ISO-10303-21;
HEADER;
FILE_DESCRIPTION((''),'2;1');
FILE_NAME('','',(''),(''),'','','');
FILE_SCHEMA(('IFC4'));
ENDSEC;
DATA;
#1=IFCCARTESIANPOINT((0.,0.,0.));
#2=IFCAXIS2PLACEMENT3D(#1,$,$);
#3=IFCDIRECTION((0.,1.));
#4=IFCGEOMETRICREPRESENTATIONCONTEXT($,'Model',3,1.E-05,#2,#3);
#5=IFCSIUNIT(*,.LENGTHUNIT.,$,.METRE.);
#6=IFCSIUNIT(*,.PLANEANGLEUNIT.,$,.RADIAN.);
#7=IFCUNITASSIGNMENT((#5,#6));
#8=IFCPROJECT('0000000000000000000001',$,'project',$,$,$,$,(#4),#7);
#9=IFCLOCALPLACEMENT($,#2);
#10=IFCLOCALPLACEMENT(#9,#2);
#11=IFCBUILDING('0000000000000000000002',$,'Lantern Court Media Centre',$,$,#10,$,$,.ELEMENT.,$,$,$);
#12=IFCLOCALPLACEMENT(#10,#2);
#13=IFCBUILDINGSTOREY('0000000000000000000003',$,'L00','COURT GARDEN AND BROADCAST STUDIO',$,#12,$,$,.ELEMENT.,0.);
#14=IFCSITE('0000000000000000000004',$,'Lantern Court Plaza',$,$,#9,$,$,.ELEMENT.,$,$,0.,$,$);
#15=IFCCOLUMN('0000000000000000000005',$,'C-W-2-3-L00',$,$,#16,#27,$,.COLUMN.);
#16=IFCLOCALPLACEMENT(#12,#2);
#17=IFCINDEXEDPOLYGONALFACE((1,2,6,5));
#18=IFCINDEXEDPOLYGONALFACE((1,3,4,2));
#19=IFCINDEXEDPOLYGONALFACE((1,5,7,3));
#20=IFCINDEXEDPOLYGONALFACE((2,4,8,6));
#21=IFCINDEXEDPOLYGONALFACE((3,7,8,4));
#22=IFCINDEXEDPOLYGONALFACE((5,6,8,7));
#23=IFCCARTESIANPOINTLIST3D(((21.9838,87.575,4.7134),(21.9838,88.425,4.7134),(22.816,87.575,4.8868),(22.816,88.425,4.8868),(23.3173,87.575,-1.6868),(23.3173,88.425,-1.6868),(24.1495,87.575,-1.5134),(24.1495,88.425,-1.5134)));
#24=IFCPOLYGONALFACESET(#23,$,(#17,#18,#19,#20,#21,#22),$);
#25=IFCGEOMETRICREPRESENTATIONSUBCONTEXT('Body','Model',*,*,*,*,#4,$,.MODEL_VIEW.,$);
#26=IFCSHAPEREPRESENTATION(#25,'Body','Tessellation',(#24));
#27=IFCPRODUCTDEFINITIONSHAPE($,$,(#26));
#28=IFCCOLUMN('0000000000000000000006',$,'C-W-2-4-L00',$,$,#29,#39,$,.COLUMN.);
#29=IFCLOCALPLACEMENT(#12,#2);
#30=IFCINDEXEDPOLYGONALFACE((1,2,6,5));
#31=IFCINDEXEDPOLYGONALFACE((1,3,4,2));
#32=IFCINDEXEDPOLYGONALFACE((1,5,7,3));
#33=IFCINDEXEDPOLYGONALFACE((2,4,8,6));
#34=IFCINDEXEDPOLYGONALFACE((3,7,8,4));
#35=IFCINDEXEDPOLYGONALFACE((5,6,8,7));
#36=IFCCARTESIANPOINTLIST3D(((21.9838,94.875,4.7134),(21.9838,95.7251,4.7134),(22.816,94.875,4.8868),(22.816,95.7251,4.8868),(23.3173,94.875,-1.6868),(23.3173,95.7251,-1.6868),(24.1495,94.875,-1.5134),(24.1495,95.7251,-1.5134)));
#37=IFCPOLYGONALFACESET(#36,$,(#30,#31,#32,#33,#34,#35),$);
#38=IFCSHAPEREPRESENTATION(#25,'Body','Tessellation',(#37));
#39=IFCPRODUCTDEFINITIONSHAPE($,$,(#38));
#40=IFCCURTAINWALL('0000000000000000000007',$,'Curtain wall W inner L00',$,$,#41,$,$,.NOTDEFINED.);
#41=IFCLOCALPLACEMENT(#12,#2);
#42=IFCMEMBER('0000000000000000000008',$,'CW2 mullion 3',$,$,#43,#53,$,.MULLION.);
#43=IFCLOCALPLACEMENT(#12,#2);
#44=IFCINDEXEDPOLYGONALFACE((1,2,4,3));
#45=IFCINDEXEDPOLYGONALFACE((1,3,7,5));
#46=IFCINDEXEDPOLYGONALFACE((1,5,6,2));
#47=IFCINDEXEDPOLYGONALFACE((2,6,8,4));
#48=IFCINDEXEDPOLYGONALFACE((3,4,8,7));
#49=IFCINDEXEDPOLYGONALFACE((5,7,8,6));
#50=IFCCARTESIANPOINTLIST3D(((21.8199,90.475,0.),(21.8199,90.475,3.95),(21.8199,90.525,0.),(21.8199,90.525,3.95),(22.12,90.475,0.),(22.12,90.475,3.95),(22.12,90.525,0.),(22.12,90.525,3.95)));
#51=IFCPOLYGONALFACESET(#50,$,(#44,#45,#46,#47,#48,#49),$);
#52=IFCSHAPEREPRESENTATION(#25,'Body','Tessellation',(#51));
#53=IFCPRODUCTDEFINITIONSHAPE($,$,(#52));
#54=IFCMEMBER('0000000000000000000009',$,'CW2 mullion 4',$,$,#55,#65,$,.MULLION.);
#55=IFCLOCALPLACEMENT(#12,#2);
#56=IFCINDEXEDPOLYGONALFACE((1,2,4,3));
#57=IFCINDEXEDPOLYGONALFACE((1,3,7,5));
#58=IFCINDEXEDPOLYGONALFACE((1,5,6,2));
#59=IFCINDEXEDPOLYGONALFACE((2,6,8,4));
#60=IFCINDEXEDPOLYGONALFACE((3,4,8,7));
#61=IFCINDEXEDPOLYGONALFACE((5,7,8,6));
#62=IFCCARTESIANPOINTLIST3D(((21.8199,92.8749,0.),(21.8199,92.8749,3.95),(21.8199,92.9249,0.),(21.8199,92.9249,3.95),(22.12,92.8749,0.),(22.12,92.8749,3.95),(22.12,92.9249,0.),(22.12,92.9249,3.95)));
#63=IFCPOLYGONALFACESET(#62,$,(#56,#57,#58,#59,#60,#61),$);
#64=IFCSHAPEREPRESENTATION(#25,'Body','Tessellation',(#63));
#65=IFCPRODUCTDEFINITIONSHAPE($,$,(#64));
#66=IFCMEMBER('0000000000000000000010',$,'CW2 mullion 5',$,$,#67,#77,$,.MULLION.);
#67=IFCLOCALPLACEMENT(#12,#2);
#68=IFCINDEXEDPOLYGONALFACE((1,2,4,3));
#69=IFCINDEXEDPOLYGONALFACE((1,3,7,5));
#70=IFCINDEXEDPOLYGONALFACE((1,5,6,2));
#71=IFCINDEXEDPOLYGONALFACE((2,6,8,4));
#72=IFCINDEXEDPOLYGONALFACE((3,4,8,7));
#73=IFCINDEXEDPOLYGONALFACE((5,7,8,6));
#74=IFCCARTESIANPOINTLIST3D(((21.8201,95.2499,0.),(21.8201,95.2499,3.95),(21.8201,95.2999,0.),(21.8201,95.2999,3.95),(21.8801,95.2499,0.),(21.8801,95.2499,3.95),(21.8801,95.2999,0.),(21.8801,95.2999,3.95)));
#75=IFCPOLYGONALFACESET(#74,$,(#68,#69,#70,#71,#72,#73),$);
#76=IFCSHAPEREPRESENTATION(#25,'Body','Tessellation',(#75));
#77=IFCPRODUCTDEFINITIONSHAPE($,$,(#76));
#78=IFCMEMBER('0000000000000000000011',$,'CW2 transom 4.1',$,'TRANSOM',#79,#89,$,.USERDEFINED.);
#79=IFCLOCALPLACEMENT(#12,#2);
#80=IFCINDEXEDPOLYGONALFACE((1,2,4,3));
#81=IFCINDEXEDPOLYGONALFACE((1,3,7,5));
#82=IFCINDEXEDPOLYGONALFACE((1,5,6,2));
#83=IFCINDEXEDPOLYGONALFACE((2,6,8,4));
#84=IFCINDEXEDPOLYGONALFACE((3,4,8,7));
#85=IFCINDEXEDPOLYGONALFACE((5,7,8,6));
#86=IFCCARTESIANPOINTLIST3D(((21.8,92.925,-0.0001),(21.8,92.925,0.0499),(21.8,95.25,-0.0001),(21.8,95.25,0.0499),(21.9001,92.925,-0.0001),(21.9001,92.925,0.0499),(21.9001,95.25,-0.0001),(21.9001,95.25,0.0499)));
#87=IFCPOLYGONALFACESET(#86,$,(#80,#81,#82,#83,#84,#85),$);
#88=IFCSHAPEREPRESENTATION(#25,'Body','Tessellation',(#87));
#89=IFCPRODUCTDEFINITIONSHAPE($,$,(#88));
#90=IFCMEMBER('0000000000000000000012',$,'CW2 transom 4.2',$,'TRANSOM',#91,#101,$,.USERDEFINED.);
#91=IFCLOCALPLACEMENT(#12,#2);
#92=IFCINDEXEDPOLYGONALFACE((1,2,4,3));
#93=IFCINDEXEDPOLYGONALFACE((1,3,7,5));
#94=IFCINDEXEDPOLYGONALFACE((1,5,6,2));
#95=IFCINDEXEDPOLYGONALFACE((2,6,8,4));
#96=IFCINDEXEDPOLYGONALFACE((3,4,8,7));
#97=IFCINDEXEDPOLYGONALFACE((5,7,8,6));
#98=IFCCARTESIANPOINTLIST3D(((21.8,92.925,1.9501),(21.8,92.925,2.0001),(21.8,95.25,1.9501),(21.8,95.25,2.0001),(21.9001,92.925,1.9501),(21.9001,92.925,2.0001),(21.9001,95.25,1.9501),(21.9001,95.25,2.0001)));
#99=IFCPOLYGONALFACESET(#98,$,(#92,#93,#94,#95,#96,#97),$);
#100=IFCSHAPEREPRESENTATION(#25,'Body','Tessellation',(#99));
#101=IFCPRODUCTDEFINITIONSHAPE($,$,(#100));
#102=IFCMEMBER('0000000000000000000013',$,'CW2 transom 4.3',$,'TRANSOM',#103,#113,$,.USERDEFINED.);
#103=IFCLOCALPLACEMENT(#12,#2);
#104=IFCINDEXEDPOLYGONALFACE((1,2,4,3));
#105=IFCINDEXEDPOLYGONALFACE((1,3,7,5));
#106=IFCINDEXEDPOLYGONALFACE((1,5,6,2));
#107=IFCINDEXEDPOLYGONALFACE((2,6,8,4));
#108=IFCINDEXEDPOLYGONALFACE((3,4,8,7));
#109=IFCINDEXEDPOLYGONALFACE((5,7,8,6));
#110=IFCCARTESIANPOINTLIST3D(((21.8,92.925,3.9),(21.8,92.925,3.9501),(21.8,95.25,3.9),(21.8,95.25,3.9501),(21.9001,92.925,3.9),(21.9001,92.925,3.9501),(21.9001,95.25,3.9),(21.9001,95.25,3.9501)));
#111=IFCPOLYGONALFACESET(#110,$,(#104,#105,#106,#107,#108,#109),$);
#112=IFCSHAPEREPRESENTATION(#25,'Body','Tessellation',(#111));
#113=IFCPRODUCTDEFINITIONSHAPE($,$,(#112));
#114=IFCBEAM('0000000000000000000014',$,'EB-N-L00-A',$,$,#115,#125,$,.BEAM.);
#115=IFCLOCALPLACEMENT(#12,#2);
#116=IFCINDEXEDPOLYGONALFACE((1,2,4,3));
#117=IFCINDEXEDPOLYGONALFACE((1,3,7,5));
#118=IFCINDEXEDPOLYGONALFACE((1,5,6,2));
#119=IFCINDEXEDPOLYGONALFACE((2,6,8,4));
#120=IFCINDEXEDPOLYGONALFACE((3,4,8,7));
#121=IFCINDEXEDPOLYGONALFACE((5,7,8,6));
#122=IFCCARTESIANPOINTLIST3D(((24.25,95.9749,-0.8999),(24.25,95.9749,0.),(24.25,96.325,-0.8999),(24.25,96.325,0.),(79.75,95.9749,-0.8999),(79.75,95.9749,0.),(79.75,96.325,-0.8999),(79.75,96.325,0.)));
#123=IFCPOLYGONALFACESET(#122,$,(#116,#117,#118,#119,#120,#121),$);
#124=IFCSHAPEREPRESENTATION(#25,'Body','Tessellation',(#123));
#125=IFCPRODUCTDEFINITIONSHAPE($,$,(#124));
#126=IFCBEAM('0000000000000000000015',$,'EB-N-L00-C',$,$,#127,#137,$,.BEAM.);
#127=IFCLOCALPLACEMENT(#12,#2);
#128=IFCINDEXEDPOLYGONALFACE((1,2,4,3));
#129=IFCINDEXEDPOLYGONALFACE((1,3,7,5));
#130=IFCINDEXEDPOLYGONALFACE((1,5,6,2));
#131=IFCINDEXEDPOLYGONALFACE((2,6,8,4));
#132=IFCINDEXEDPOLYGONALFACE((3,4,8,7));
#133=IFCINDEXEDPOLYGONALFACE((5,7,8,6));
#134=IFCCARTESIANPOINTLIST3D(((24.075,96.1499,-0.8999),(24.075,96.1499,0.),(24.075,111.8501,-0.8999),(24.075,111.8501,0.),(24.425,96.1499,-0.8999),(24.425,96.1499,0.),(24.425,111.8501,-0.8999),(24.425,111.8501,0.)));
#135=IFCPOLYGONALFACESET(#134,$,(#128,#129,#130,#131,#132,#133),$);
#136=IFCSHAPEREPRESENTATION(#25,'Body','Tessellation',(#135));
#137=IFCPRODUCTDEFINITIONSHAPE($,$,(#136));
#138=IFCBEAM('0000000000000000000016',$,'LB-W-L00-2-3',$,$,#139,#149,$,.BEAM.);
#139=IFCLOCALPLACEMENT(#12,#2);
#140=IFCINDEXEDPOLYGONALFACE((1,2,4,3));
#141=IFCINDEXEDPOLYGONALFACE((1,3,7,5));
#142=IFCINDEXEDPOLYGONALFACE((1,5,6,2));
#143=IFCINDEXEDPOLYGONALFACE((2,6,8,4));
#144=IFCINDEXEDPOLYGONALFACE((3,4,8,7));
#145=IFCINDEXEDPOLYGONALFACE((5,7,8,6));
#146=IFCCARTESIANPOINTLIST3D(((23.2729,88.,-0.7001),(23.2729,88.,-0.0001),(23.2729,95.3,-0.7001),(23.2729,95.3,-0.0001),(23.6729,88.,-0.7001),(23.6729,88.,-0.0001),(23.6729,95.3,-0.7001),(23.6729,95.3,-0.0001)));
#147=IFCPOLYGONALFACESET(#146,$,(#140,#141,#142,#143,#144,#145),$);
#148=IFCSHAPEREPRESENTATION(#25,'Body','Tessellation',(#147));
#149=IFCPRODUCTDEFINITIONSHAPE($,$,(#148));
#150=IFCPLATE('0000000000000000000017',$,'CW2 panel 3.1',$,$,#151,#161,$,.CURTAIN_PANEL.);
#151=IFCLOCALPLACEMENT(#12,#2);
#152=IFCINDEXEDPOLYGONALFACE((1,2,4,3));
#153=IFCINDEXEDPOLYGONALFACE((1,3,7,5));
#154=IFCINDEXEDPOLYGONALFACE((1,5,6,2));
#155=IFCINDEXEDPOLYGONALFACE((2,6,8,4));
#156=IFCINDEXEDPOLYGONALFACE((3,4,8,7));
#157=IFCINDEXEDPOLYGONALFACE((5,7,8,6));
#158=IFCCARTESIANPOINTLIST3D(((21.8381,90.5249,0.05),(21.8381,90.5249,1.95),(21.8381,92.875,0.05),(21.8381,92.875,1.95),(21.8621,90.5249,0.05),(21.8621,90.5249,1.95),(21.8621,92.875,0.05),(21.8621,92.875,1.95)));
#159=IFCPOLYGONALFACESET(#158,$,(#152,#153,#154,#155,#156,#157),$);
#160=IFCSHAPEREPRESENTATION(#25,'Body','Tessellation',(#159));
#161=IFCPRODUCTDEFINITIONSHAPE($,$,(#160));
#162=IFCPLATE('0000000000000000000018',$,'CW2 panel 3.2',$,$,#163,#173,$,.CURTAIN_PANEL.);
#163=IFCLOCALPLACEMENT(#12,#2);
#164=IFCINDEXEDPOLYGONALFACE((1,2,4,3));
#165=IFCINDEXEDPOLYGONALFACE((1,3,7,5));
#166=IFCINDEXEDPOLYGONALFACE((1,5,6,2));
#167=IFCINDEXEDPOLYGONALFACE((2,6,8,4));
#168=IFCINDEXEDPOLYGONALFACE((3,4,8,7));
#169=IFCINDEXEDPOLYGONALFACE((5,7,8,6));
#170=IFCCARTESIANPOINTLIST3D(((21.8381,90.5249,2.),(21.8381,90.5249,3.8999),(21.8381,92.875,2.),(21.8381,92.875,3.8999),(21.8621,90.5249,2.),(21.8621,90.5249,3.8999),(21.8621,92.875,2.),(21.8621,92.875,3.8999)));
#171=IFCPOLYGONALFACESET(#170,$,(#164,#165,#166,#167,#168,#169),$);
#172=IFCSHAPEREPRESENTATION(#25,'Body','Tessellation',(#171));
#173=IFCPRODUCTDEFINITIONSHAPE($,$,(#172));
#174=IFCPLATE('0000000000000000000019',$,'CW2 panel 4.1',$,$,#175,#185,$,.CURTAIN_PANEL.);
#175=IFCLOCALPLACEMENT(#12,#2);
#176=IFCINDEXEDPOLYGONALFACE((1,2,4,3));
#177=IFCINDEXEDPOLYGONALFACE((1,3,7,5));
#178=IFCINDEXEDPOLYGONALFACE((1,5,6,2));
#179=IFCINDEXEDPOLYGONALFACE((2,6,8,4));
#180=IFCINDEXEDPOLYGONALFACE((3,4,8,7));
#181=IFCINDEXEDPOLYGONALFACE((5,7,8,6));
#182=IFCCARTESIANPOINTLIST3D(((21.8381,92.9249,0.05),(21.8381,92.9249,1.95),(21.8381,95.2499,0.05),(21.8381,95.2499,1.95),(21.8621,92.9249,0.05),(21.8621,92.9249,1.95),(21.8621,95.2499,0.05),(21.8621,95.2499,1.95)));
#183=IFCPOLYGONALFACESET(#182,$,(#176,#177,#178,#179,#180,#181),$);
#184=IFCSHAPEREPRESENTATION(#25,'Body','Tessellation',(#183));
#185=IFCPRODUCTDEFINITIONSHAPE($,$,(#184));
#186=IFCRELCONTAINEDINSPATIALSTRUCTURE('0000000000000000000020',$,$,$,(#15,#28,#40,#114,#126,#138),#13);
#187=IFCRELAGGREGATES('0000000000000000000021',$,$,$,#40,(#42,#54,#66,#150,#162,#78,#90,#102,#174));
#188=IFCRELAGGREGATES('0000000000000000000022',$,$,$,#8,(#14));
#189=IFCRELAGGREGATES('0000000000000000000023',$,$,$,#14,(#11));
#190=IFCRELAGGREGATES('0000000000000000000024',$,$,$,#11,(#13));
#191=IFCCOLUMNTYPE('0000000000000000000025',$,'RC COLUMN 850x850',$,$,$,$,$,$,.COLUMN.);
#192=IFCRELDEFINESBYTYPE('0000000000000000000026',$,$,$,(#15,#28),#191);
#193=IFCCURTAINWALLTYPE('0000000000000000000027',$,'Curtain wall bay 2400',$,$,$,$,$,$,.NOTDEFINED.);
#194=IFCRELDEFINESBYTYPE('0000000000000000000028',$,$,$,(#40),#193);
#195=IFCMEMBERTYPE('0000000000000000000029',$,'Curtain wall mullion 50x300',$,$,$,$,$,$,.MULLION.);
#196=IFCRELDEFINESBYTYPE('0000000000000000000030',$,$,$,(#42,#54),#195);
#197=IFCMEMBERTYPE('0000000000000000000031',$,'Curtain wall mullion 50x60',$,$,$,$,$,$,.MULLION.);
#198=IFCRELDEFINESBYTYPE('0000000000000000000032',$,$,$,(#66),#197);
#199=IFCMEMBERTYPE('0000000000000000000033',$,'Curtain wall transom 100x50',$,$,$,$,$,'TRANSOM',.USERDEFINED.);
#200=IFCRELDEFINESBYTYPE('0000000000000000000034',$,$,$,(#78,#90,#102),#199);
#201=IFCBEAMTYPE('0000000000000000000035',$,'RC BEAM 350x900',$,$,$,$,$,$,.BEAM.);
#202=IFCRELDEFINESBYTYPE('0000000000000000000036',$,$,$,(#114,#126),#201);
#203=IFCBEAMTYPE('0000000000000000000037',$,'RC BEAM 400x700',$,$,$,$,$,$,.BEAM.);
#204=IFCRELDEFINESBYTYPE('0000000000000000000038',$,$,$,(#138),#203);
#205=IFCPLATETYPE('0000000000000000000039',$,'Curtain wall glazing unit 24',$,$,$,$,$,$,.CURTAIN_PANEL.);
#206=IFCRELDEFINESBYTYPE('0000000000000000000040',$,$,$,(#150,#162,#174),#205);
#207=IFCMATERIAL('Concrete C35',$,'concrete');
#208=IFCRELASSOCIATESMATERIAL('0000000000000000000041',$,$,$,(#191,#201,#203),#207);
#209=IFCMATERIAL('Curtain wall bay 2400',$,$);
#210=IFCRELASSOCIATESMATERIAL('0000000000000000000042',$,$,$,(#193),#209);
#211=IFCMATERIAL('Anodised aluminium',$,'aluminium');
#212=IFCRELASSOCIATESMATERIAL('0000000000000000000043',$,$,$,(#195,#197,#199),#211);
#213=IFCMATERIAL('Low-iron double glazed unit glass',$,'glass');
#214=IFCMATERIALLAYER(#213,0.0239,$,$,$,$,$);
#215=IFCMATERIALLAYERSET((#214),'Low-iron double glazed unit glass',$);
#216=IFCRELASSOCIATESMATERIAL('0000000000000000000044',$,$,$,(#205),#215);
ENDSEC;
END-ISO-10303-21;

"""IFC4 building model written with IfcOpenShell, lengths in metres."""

from ifc_helpers import new_model, si_unit, direction, frame, origin, origin_2d, place, context, subcontext, project, spatial, rectangle, extrude, material, layer, layer_set, material_profile, profile_set, type_object, element, aggregate, save


model = new_model("IFC4")

# Units and contexts
model_context = context("Model", 3, precision=1e-05, world=origin(), true_north=direction((0.0, 1.0)))
body_context = subcontext(model_context, "Body", "Model", "MODEL_VIEW")
ifc_project = project(units=[si_unit("LENGTHUNIT", "METRE"), si_unit("PLANEANGLEUNIT", "RADIAN")], contexts=[model_context])

# Site, building, storey
site_placement = place(None, origin())
site = spatial("IfcSite", under=ifc_project, at=site_placement, Name="Lantern Court Plaza", CompositionType="ELEMENT", RefElevation=0.0)
building_placement = place(site_placement, origin())
building = spatial("IfcBuilding", under=site, at=building_placement, Name="Lantern Court Media Centre", CompositionType="ELEMENT")
storey_placement = place(building_placement, origin())
storey = spatial("IfcBuildingStorey", under=building, at=storey_placement, Name="L00", Description="COURT GARDEN AND BROADCAST STUDIO", CompositionType="ELEMENT", Elevation=0.0)

# Columns
ifc_material_1 = material(Name="Concrete C35", Category="concrete")
ifc_material_profile_1 = material_profile(ifc_material_1, rectangle(XDim=0.8501, YDim=0.8501, at=origin_2d()), Name="RC 850x850")
ifc_profile_set_1 = profile_set([ifc_material_profile_1], Name="Concrete C35")
column_type = type_object("IfcColumnType", Name="RC COLUMN 850x850", PredefinedType="COLUMN", material=ifc_profile_set_1)
for number, where, z_axis, x_axis, name in (
    (1, (23.7334, 88.0, -1.6001), (-0.203974, 0.0, 0.978976), (0.0, -1.0, 0.0), "C-W-2-3-L00"),
    (2, (23.7334, 95.3, -1.6001), (-0.203974, 0.0, 0.978976), (0.0, -1.0, 0.0), "C-W-2-4-L00"),
):
    element("IfcColumn", number, at=place(storey_placement, frame(where, z_axis=z_axis, x_axis=x_axis)), inside=storey, type_object=column_type, Name=name, PredefinedType="COLUMN", context=body_context, shape_type="SweptSolid", body=[
        extrude(rectangle(XDim=0.8501, YDim=0.8501, at=origin_2d()), origin(), (0.0, 0.0, 1.0), 6.5376),
    ])

# Curtain wall, members
ifc_material_2 = material(Name="Curtain wall bay 2400")
curtain_wall_type = type_object("IfcCurtainWallType", Name="Curtain wall bay 2400", PredefinedType="NOTDEFINED", material=ifc_material_2)
curtain_wall_placement = place(storey_placement, origin())
curtain_wall = element("IfcCurtainWall", 3, at=curtain_wall_placement, inside=storey, type_object=curtain_wall_type, Name="Curtain wall W inner L00", PredefinedType="NOTDEFINED")
ifc_material_3 = material(Name="Anodised aluminium", Category="aluminium")
ifc_material_profile_2 = material_profile(ifc_material_3, rectangle(XDim=0.3, YDim=0.05, at=origin_2d()), Name="AL 50x300")
ifc_profile_set_2 = profile_set([ifc_material_profile_2], Name="Anodised aluminium")
member_type_1 = type_object("IfcMemberType", Name="Curtain wall mullion 50x300", PredefinedType="MULLION", material=ifc_profile_set_2)
member_1_placement = place(storey_placement, frame((21.97, 90.5, 0.0), z_axis=(0.0, 0.0, 1.0), x_axis=(-1.0, 0.0, 0.0)))
member_1 = element("IfcMember", 4, at=member_1_placement, type_object=member_type_1, Name="CW2 mullion 3", PredefinedType="MULLION", context=body_context, shape_type="SweptSolid", body=[
    extrude(rectangle(XDim=0.3, YDim=0.05, at=origin_2d()), origin(), (0.0, 0.0, 1.0), 3.95),
])
member_2_placement = place(storey_placement, frame((21.97, 92.8999, 0.0), z_axis=(0.0, 0.0, 1.0), x_axis=(-1.0, 0.0, 0.0)))
member_2 = element("IfcMember", 5, at=member_2_placement, type_object=member_type_1, Name="CW2 mullion 4", PredefinedType="MULLION", context=body_context, shape_type="SweptSolid", body=[
    extrude(rectangle(XDim=0.3, YDim=0.05, at=origin_2d()), origin(), (0.0, 0.0, 1.0), 3.95),
])
ifc_material_profile_3 = material_profile(ifc_material_3, rectangle(XDim=0.0601, YDim=0.05, at=origin_2d()), Name="AL 50x60")
ifc_profile_set_3 = profile_set([ifc_material_profile_3], Name="Anodised aluminium")
member_type_2 = type_object("IfcMemberType", Name="Curtain wall mullion 50x60", PredefinedType="MULLION", material=ifc_profile_set_3)
member_3_placement = place(storey_placement, frame((21.8501, 95.2749, 0.0), z_axis=(0.0, 0.0, 1.0), x_axis=(-1.0, 0.0, 0.0)))
member_3 = element("IfcMember", 6, at=member_3_placement, type_object=member_type_2, Name="CW2 mullion 5", PredefinedType="MULLION", context=body_context, shape_type="SweptSolid", body=[
    extrude(rectangle(XDim=0.0601, YDim=0.05, at=origin_2d()), origin(), (0.0, 0.0, 1.0), 3.95),
])
ifc_material_profile_4 = material_profile(ifc_material_3, rectangle(XDim=0.1001, YDim=0.05, at=origin_2d()), Name="AL 50x100")
ifc_profile_set_4 = profile_set([ifc_material_profile_4], Name="Anodised aluminium")
member_type_3 = type_object("IfcMemberType", Name="Curtain wall transom 100x50", ElementType="TRANSOM", PredefinedType="USERDEFINED", material=ifc_profile_set_4)
member_4_placement = place(storey_placement, frame((21.8501, 92.925, 0.0249), z_axis=(0.0, 1.0, 0.0), x_axis=(-1.0, 0.0, 0.0)))
member_4 = element("IfcMember", 7, at=member_4_placement, type_object=member_type_3, Name="CW2 transom 4.1", ObjectType="TRANSOM", PredefinedType="USERDEFINED", context=body_context, shape_type="SweptSolid", body=[
    extrude(rectangle(XDim=0.1001, YDim=0.05, at=origin_2d()), origin(), (0.0, 0.0, 1.0), 2.325),
])
member_5_placement = place(storey_placement, frame((21.8501, 92.925, 1.9751), z_axis=(0.0, 1.0, 0.0), x_axis=(-1.0, 0.0, 0.0)))
member_5 = element("IfcMember", 8, at=member_5_placement, type_object=member_type_3, Name="CW2 transom 4.2", ObjectType="TRANSOM", PredefinedType="USERDEFINED", context=body_context, shape_type="SweptSolid", body=[
    extrude(rectangle(XDim=0.1001, YDim=0.05, at=origin_2d()), origin(), (0.0, 0.0, 1.0), 2.325),
])
member_6_placement = place(storey_placement, frame((21.8501, 92.925, 3.925), z_axis=(0.0, 1.0, 0.0), x_axis=(-1.0, 0.0, 0.0)))
member_6 = element("IfcMember", 9, at=member_6_placement, type_object=member_type_3, Name="CW2 transom 4.3", ObjectType="TRANSOM", PredefinedType="USERDEFINED", context=body_context, shape_type="SweptSolid", body=[
    extrude(rectangle(XDim=0.1001, YDim=0.05, at=origin_2d()), origin(), (0.0, 0.0, 1.0), 2.325),
])

# Beams
ifc_material_profile_5 = material_profile(ifc_material_1, rectangle(XDim=0.3501, YDim=0.8999, at=origin_2d()), Name="RC 350x900")
ifc_profile_set_5 = profile_set([ifc_material_profile_5], Name="Concrete C35")
beam_type_1 = type_object("IfcBeamType", Name="RC BEAM 350x900", PredefinedType="BEAM", material=ifc_profile_set_5)
beam_1_placement = place(storey_placement, frame((24.25, 96.1499, -0.45), z_axis=(1.0, 0.0, 0.0), x_axis=(0.0, 1.0, 0.0)))
element("IfcBeam", 10, at=beam_1_placement, inside=storey, type_object=beam_type_1, Name="EB-N-L00-A", PredefinedType="BEAM", context=body_context, shape_type="SweptSolid", body=[
    extrude(rectangle(XDim=0.3501, YDim=0.8999, at=origin_2d()), origin(), (0.0, 0.0, 1.0), 55.5),
])
beam_2_placement = place(storey_placement, frame((24.25, 96.1499, -0.45), z_axis=(0.0, 1.0, 0.0), x_axis=(-1.0, 0.0, 0.0)))
element("IfcBeam", 11, at=beam_2_placement, inside=storey, type_object=beam_type_1, Name="EB-N-L00-C", PredefinedType="BEAM", context=body_context, shape_type="SweptSolid", body=[
    extrude(rectangle(XDim=0.3501, YDim=0.8999, at=origin_2d()), origin(), (0.0, 0.0, 1.0), 15.7002),
])
ifc_material_profile_6 = material_profile(ifc_material_1, rectangle(XDim=0.3999, YDim=0.7, at=origin_2d()), Name="RC 400x700")
ifc_profile_set_6 = profile_set([ifc_material_profile_6], Name="Concrete C35")
beam_type_2 = type_object("IfcBeamType", Name="RC BEAM 400x700", PredefinedType="BEAM", material=ifc_profile_set_6)
beam_3_placement = place(storey_placement, frame((23.4729, 88.0, -0.3501), z_axis=(0.0, 1.0, 0.0), x_axis=(-1.0, 0.0, 0.0)))
element("IfcBeam", 12, at=beam_3_placement, inside=storey, type_object=beam_type_2, Name="LB-W-L00-2-3", PredefinedType="BEAM", context=body_context, shape_type="SweptSolid", body=[
    extrude(rectangle(XDim=0.3999, YDim=0.7, at=origin_2d()), origin(), (0.0, 0.0, 1.0), 7.3),
])

# Plates
ifc_material_4 = material(Name="Low-iron double glazed unit glass", Category="glass")
ifc_layer_1 = layer(ifc_material_4, 0.0239)
ifc_layer_set_1 = layer_set([ifc_layer_1], Name="Low-iron double glazed unit glass")
plate_type = type_object("IfcPlateType", Name="Curtain wall glazing unit 24", PredefinedType="CURTAIN_PANEL", material=ifc_layer_set_1)
plate_1_placement = place(storey_placement, frame((21.8501, 91.7, 0.05), z_axis=(0.0, 0.0, 1.0), x_axis=(0.0, 1.0, 0.0)))
plate_1 = element("IfcPlate", 13, at=plate_1_placement, type_object=plate_type, Name="CW2 panel 3.1", PredefinedType="CURTAIN_PANEL", context=body_context, shape_type="SweptSolid", body=[
    extrude(rectangle(XDim=2.3501, YDim=0.0239, at=origin_2d()), origin(), (0.0, 0.0, 1.0), 1.8999),
])
plate_2_placement = place(storey_placement, frame((21.8501, 91.7, 2.0), z_axis=(0.0, 0.0, 1.0), x_axis=(0.0, 1.0, 0.0)))
plate_2 = element("IfcPlate", 14, at=plate_2_placement, type_object=plate_type, Name="CW2 panel 3.2", PredefinedType="CURTAIN_PANEL", context=body_context, shape_type="SweptSolid", body=[
    extrude(rectangle(XDim=2.3501, YDim=0.0239, at=origin_2d()), origin(), (0.0, 0.0, 1.0), 1.8999),
])
plate_3_placement = place(storey_placement, frame((21.8501, 94.0874, 0.05), z_axis=(0.0, 0.0, 1.0), x_axis=(0.0, 1.0, 0.0)))
plate_3 = element("IfcPlate", 15, at=plate_3_placement, type_object=plate_type, Name="CW2 panel 4.1", PredefinedType="CURTAIN_PANEL", context=body_context, shape_type="SweptSolid", body=[
    extrude(rectangle(XDim=2.325, YDim=0.0239, at=origin_2d()), origin(), (0.0, 0.0, 1.0), 1.8999),
])
aggregate(curtain_wall, [member_1, member_2, member_3, plate_1, plate_2, member_4, member_5, member_6, plate_3])

save(model, "model.ifc")
